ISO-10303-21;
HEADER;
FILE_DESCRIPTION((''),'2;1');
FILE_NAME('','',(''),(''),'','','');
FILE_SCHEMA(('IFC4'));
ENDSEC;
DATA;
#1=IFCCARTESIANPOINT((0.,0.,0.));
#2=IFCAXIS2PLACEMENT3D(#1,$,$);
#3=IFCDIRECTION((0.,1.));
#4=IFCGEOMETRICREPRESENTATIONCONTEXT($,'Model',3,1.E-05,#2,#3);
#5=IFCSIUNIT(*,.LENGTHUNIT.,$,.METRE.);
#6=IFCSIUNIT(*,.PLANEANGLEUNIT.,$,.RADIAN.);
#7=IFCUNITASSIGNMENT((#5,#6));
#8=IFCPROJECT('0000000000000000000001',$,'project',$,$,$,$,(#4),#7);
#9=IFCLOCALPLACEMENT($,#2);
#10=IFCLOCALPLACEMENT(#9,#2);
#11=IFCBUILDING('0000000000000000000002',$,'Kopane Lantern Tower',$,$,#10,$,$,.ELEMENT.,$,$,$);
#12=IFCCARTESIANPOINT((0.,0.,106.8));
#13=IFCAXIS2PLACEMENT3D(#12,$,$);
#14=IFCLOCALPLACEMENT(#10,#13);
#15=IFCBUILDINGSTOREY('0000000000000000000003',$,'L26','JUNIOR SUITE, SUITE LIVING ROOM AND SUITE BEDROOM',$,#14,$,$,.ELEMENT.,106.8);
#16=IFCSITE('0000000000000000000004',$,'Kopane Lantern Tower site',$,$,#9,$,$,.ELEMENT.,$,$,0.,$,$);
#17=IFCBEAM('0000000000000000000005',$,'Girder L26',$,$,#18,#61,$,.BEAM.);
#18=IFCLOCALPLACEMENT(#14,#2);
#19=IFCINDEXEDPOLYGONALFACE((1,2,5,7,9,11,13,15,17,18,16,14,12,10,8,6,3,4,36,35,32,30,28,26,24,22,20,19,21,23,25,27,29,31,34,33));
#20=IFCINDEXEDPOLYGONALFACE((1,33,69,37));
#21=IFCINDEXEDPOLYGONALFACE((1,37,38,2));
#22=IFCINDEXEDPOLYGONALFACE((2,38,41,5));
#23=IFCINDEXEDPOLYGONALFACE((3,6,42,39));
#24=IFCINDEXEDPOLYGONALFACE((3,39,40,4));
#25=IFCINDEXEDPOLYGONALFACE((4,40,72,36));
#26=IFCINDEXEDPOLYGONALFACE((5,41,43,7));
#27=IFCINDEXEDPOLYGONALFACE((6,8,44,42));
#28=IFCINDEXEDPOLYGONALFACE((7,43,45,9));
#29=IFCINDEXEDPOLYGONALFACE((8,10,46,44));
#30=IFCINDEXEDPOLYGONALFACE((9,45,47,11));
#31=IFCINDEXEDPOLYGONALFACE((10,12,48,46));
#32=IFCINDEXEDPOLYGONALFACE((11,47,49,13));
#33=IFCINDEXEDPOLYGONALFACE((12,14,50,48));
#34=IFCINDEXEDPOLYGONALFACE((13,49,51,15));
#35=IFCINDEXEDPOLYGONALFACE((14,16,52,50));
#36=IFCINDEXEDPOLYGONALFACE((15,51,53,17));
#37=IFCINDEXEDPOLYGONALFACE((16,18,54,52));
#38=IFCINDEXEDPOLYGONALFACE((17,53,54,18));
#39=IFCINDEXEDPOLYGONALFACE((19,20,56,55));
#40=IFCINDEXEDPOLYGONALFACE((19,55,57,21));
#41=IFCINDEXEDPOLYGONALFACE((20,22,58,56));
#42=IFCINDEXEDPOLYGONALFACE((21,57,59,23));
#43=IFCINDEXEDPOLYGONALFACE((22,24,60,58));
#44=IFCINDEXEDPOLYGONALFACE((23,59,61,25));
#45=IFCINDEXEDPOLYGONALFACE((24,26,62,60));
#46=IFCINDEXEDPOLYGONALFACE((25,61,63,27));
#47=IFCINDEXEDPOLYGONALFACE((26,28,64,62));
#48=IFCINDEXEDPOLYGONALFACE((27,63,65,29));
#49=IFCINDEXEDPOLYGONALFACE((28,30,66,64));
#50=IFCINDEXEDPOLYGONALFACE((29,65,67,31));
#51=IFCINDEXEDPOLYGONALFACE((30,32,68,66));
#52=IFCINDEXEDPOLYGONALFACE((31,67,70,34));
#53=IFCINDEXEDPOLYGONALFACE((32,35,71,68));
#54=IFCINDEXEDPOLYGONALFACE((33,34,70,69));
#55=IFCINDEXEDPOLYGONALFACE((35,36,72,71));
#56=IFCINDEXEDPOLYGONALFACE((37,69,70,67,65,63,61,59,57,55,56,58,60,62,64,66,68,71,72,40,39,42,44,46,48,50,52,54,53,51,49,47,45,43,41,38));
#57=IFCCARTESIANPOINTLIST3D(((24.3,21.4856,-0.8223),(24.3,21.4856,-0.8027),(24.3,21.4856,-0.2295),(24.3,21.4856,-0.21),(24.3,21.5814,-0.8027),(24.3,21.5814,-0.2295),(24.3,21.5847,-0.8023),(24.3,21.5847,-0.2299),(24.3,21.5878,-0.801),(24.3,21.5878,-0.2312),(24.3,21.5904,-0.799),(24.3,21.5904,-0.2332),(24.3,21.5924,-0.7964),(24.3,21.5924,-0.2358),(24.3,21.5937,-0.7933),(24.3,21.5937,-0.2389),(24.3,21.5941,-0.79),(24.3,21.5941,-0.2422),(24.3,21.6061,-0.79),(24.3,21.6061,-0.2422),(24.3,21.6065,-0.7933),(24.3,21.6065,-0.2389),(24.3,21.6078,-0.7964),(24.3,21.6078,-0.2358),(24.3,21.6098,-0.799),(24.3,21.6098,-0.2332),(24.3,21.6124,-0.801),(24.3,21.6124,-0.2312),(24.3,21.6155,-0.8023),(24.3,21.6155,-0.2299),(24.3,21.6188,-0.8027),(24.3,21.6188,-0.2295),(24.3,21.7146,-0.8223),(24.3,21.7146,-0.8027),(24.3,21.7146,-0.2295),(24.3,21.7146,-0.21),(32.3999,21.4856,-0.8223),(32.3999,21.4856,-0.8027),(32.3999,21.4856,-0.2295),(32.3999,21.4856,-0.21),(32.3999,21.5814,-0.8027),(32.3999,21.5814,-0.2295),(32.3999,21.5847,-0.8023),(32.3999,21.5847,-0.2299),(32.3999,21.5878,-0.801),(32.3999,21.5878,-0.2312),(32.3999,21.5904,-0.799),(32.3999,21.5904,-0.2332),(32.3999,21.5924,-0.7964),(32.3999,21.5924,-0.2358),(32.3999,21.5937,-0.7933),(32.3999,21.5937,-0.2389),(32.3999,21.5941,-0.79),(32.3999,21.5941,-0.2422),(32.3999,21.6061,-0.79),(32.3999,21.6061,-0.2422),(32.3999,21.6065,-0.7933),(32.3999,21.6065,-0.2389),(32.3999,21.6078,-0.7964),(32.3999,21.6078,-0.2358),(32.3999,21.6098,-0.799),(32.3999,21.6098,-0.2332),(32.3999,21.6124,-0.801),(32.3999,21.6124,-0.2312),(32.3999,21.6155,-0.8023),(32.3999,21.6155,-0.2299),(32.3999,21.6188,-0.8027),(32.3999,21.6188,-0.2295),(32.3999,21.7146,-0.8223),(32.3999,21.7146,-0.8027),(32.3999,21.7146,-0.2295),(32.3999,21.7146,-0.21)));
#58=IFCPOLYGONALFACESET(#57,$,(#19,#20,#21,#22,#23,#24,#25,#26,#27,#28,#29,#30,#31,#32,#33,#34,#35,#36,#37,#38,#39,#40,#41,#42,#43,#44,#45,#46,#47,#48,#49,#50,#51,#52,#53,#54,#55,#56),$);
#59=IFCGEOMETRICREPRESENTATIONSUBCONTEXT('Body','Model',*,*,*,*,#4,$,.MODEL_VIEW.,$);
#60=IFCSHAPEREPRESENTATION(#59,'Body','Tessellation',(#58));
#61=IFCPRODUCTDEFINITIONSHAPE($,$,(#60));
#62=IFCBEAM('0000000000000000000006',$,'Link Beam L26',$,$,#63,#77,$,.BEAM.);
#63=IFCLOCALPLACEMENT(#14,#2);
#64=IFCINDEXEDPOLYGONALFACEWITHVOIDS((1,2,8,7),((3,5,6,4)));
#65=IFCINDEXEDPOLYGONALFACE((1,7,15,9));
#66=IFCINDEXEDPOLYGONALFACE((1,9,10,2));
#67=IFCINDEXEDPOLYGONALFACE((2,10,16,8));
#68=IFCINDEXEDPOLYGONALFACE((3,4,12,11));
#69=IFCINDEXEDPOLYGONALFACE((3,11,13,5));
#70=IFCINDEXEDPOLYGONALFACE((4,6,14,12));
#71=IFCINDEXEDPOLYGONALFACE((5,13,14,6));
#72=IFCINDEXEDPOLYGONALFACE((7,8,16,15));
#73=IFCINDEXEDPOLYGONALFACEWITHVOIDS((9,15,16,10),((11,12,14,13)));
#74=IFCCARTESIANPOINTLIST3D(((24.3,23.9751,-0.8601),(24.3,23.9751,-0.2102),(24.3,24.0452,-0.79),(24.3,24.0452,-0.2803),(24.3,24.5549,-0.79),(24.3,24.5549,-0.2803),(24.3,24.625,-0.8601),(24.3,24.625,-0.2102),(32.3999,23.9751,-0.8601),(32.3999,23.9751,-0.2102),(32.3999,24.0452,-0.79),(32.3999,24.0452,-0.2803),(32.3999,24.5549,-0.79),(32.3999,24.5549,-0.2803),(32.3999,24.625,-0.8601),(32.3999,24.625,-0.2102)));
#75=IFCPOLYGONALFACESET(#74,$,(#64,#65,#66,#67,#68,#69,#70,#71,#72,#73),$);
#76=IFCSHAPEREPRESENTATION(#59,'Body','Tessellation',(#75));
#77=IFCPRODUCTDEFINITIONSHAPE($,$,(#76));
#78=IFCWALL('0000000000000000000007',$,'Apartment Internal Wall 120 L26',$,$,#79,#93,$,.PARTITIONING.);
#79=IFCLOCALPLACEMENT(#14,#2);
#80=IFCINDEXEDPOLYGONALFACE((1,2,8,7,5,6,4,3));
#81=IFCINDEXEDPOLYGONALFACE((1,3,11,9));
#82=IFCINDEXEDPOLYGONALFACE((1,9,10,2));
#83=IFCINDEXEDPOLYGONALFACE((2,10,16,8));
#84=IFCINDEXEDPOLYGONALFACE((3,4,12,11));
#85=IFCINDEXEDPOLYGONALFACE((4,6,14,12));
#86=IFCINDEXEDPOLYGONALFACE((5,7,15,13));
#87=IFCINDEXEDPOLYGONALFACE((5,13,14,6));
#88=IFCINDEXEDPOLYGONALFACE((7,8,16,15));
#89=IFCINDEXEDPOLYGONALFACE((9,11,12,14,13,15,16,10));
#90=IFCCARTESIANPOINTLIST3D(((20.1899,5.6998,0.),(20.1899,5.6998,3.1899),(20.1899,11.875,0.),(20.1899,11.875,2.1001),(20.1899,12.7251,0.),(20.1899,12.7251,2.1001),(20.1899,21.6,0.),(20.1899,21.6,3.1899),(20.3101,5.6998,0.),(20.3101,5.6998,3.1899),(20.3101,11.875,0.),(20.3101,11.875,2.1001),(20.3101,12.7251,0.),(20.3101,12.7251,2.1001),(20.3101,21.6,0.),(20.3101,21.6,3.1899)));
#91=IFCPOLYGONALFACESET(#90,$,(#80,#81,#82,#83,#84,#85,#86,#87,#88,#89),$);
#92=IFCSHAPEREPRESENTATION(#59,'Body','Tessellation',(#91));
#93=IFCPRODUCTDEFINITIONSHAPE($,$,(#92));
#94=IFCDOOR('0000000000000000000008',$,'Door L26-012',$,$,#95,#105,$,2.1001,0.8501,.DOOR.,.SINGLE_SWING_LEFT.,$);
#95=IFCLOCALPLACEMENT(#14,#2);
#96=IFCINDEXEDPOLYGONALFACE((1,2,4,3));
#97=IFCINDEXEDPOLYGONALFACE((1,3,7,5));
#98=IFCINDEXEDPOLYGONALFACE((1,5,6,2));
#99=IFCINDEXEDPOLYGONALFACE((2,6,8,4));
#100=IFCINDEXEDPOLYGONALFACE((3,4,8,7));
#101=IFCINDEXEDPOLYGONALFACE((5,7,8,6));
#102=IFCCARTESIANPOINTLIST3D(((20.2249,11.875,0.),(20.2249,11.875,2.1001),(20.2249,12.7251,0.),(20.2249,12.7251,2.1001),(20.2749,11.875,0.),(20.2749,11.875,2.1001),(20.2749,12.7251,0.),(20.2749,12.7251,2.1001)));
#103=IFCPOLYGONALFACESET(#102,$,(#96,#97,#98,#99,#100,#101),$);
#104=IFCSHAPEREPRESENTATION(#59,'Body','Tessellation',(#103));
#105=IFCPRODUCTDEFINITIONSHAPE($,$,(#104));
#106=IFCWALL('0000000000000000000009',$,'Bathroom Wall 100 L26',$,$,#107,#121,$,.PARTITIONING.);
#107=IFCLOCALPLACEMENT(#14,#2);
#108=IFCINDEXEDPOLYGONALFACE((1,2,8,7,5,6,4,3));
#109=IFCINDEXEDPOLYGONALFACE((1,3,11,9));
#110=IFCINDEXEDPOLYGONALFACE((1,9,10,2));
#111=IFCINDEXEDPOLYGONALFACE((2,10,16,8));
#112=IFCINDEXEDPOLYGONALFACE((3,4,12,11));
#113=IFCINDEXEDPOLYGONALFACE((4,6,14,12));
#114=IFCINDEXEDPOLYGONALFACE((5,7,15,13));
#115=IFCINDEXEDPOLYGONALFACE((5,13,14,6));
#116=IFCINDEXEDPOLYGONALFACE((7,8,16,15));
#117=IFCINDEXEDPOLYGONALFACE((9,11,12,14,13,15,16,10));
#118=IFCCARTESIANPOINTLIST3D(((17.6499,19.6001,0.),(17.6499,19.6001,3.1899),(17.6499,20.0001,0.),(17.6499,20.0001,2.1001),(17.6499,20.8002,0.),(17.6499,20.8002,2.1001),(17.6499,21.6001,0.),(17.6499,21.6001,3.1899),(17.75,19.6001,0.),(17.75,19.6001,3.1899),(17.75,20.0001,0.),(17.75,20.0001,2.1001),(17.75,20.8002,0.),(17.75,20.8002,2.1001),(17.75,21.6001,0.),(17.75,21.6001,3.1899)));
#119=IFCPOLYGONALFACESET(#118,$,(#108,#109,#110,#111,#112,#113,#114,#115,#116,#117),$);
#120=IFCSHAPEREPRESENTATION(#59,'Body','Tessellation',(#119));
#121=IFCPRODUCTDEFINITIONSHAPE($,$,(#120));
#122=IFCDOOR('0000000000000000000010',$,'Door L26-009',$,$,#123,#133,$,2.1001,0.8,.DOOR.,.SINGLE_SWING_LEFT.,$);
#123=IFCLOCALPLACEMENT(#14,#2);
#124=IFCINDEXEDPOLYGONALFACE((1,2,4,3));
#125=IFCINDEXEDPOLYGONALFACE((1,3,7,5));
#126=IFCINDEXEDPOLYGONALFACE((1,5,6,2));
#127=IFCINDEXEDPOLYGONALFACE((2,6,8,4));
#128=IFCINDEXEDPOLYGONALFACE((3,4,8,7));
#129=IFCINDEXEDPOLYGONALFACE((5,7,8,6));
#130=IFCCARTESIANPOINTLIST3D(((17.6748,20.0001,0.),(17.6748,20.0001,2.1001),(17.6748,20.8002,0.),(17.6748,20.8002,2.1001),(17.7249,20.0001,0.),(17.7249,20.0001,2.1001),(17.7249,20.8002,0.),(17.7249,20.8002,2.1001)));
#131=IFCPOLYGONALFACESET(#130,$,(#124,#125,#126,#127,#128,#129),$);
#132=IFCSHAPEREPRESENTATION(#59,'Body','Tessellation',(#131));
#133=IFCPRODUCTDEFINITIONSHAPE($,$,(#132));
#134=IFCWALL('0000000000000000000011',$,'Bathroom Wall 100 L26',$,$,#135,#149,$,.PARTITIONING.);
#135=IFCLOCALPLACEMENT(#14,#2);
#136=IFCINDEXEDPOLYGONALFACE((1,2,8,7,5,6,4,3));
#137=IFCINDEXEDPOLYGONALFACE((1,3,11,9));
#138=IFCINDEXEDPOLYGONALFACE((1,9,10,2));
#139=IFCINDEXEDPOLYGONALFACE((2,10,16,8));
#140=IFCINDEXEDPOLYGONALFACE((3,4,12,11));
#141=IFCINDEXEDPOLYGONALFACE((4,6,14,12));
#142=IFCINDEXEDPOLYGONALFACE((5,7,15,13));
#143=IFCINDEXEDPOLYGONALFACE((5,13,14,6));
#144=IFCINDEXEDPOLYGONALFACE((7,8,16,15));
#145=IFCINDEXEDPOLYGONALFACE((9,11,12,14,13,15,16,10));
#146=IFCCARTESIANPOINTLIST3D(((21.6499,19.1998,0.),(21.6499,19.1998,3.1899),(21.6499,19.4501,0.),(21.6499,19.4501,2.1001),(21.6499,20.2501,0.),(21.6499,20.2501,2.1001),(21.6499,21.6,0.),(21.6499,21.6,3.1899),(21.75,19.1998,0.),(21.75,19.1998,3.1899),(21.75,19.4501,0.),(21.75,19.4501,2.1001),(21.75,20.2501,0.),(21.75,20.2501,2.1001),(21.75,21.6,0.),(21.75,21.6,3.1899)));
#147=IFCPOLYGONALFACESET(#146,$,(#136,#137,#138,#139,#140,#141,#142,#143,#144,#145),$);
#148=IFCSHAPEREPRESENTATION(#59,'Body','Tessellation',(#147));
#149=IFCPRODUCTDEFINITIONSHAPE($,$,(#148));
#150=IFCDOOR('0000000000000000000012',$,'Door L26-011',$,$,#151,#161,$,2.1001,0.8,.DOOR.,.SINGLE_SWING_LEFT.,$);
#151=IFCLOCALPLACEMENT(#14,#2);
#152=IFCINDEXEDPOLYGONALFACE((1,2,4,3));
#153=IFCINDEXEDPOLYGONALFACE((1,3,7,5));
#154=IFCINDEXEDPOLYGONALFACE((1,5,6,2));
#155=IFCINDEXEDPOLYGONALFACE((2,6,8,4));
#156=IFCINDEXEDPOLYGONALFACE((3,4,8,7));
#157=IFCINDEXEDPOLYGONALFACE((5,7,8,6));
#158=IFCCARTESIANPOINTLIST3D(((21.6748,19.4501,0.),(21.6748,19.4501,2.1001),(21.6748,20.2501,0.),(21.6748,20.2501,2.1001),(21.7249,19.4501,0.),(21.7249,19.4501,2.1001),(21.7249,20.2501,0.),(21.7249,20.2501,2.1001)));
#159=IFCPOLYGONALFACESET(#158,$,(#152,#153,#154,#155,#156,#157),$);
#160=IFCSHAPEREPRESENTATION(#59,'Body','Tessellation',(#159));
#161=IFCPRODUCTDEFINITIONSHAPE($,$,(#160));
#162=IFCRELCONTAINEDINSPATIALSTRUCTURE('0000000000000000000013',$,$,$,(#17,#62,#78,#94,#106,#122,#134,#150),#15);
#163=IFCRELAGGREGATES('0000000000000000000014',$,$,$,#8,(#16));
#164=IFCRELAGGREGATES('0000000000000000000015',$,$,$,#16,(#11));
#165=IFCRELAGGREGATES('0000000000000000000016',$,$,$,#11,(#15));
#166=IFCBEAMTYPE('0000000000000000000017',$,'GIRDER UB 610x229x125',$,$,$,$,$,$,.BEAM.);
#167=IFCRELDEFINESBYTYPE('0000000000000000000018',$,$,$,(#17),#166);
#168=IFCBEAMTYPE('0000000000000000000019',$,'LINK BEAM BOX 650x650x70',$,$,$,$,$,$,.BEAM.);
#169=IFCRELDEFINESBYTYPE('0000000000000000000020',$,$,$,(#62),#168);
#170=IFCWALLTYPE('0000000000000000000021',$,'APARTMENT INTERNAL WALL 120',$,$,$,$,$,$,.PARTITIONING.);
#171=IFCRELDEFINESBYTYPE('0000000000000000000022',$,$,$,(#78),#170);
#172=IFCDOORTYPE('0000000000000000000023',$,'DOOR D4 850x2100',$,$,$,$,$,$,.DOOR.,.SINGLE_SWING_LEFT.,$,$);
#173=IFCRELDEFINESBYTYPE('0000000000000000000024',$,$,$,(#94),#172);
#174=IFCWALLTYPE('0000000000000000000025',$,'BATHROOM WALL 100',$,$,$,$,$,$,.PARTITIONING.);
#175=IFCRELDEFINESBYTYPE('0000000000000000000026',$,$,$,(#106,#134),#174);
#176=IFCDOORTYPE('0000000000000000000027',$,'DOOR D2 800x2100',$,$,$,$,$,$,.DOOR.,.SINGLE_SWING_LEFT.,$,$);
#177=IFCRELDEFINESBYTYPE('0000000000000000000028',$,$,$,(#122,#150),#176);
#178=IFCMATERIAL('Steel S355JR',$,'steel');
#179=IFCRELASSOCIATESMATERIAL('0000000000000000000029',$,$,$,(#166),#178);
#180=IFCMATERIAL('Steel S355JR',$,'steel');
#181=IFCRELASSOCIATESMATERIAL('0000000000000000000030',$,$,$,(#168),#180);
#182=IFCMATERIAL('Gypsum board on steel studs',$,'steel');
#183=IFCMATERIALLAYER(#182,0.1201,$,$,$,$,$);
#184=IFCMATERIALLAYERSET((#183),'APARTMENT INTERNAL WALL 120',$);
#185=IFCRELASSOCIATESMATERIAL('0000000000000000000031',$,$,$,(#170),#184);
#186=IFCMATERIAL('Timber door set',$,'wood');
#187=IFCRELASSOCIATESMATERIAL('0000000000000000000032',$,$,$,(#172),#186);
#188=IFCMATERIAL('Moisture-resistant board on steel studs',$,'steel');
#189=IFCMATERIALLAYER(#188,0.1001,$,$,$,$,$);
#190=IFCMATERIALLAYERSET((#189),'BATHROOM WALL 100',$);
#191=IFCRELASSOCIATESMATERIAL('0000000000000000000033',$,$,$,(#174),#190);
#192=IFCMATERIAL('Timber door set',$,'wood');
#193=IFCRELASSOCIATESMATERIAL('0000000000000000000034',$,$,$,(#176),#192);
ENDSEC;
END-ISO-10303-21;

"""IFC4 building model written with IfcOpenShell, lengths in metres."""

from ifc_helpers import new_model, si_unit, direction, frame, frame_2d, origin, origin_2d, place, context, subcontext, project, spatial, rectangle, hollow_rectangle, i_section, extrude, material, layer, layer_set, material_profile, profile_set, type_object, element, fill, save


model = new_model("IFC4")

# Units and contexts
model_context = context("Model", 3, precision=1e-05, world=origin(), true_north=direction((0.0, 1.0)))
body_context = subcontext(model_context, "Body", "Model", "MODEL_VIEW")
ifc_project = project(units=[si_unit("LENGTHUNIT", "METRE"), si_unit("PLANEANGLEUNIT", "RADIAN")], contexts=[model_context])

# Site, building, storey
site_placement = place(None, origin())
site = spatial("IfcSite", under=ifc_project, at=site_placement, Name="Kopane Lantern Tower site", CompositionType="ELEMENT", RefElevation=0.0)
building_placement = place(site_placement, origin())
building = spatial("IfcBuilding", under=site, at=building_placement, Name="Kopane Lantern Tower", CompositionType="ELEMENT")
storey_placement = place(building_placement, frame((0.0, 0.0, 106.8)))
storey = spatial("IfcBuildingStorey", under=building, at=storey_placement, Name="L26", Description="JUNIOR SUITE, SUITE LIVING ROOM AND SUITE BEDROOM", CompositionType="ELEMENT", Elevation=106.8)

# Beams
ifc_material_1 = material(Name="Steel S355JR", Category="steel")
ifc_material_profile_1 = material_profile(ifc_material_1, i_section(OverallWidth=0.229, OverallDepth=0.6123, WebThickness=0.012, FlangeThickness=0.0195, FilletRadius=0.0127, at=origin_2d()), Name="UB 610x229x125")
ifc_profile_set_1 = profile_set([ifc_material_profile_1], Name="Steel S355JR")
beam_type_1 = type_object("IfcBeamType", Name="GIRDER UB 610x229x125", PredefinedType="BEAM", material=ifc_profile_set_1)
beam_1_placement = place(storey_placement, frame((24.3, 21.6001, -0.5161), z_axis=(1.0, 0.0, 0.0), x_axis=(0.0, 1.0, 0.0)))
element("IfcBeam", 1, at=beam_1_placement, inside=storey, type_object=beam_type_1, Name="Girder L26", PredefinedType="BEAM", context=body_context, shape_type="SweptSolid", body=[
    extrude(i_section(OverallWidth=0.229, OverallDepth=0.6123, WebThickness=0.012, FlangeThickness=0.0195, FilletRadius=0.0127, at=origin_2d()), origin(), (0.0, 0.0, 1.0), 8.0999),
])
ifc_material_2 = material(Name="Steel S355JR", Category="steel")
ifc_material_profile_2 = material_profile(ifc_material_2, hollow_rectangle(XDim=0.6499, YDim=0.6499, WallThickness=0.0701, at=origin_2d()), Name="BOX 650x650x70")
ifc_profile_set_2 = profile_set([ifc_material_profile_2], Name="Steel S355JR")
beam_type_2 = type_object("IfcBeamType", Name="LINK BEAM BOX 650x650x70", PredefinedType="BEAM", material=ifc_profile_set_2)
beam_2_placement = place(storey_placement, frame((24.3, 24.3, -0.5352), z_axis=(1.0, 0.0, 0.0), x_axis=(0.0, 1.0, 0.0)))
element("IfcBeam", 2, at=beam_2_placement, inside=storey, type_object=beam_type_2, Name="Link Beam L26", PredefinedType="BEAM", context=body_context, shape_type="SweptSolid", body=[
    extrude(hollow_rectangle(XDim=0.6499, YDim=0.6499, WallThickness=0.0701, at=origin_2d()), origin(), (0.0, 0.0, 1.0), 8.0999),
])

# Walls, openings, doors
ifc_material_3 = material(Name="Gypsum board on steel studs", Category="steel")
ifc_layer_1 = layer(ifc_material_3, 0.1201)
ifc_layer_set_1 = layer_set([ifc_layer_1], Name="APARTMENT INTERNAL WALL 120")
wall_type_1 = type_object("IfcWallType", Name="APARTMENT INTERNAL WALL 120", PredefinedType="PARTITIONING", material=ifc_layer_set_1)
wall_1_placement = place(storey_placement, frame((20.25, 21.6001, 0.0), z_axis=(0.0, 0.0, 1.0), x_axis=(0.0, -1.0, 0.0)))
wall_1 = element("IfcWall", 3, at=wall_1_placement, inside=storey, type_object=wall_type_1, Name="Apartment Internal Wall 120 L26", PredefinedType="PARTITIONING", context=body_context, shape_type="SweptSolid", body=[
    extrude(rectangle(XDim=15.9001, YDim=0.1201, at=frame_2d((7.9502, 0.0))), origin(), (0.0, 0.0, 1.0), 3.1899),
])
opening_1_placement = place(wall_1_placement, frame((8.875, 0.0, 0.0)))
opening_1 = element("IfcOpeningElement", 4, at=opening_1_placement, cuts=wall_1, PredefinedType="OPENING", context=body_context, shape_type="SweptSolid", body=[
    extrude(rectangle(XDim=0.8501, YDim=2.1001, at=frame_2d((0.425, 1.05))), frame((0.0, 0.0701, 0.0), z_axis=(0.0, -1.0, 0.0), x_axis=(1.0, 0.0, 0.0)), (0.0, 0.0, 1.0), 0.1401),
])
ifc_material_4 = material(Name="Timber door set", Category="wood")
door_type_1 = type_object("IfcDoorType", Name="DOOR D4 850x2100", OperationType="SINGLE_SWING_LEFT", PredefinedType="DOOR", material=ifc_material_4)
door_1_placement = place(opening_1_placement, origin())
door_1 = element("IfcDoor", 5, at=door_1_placement, inside=storey, type_object=door_type_1, Name="Door L26-012", OperationType="SINGLE_SWING_LEFT", OverallHeight=2.1001, OverallWidth=0.8501, PredefinedType="DOOR", context=body_context, shape_type="SweptSolid", body=[
    extrude(rectangle(XDim=0.8501, YDim=2.1001, at=frame_2d((0.425, 1.05))), frame((0.0, 0.0249, 0.0), z_axis=(0.0, -1.0, 0.0), x_axis=(1.0, 0.0, 0.0)), (0.0, 0.0, 1.0), 0.05),
])
fill(opening_1, door_1)
ifc_material_5 = material(Name="Moisture-resistant board on steel studs", Category="steel")
ifc_layer_2 = layer(ifc_material_5, 0.1001)
ifc_layer_set_2 = layer_set([ifc_layer_2], Name="BATHROOM WALL 100")
wall_type_2 = type_object("IfcWallType", Name="BATHROOM WALL 100", PredefinedType="PARTITIONING", material=ifc_layer_set_2)
wall_2_placement = place(storey_placement, frame((17.7, 21.6001, 0.0), z_axis=(0.0, 0.0, 1.0), x_axis=(0.0, -1.0, 0.0)))
wall_2 = element("IfcWall", 6, at=wall_2_placement, inside=storey, type_object=wall_type_2, Name="Bathroom Wall 100 L26", PredefinedType="PARTITIONING", context=body_context, shape_type="SweptSolid", body=[
    extrude(rectangle(XDim=2.0, YDim=0.1001, at=frame_2d((1.0, 0.0))), origin(), (0.0, 0.0, 1.0), 3.1899),
])
opening_2_placement = place(wall_2_placement, frame((0.8, 0.0, 0.0)))
opening_2 = element("IfcOpeningElement", 7, at=opening_2_placement, cuts=wall_2, PredefinedType="OPENING", context=body_context, shape_type="SweptSolid", body=[
    extrude(rectangle(XDim=0.8, YDim=2.1001, at=frame_2d((0.3999, 1.05))), frame((0.0, 0.0601, 0.0), z_axis=(0.0, -1.0, 0.0), x_axis=(1.0, 0.0, 0.0)), (0.0, 0.0, 1.0), 0.1201),
])
ifc_material_6 = material(Name="Timber door set", Category="wood")
door_type_2 = type_object("IfcDoorType", Name="DOOR D2 800x2100", OperationType="SINGLE_SWING_LEFT", PredefinedType="DOOR", material=ifc_material_6)
door_2_placement = place(opening_2_placement, origin())
door_2 = element("IfcDoor", 8, at=door_2_placement, inside=storey, type_object=door_type_2, Name="Door L26-009", OperationType="SINGLE_SWING_LEFT", OverallHeight=2.1001, OverallWidth=0.8, PredefinedType="DOOR", context=body_context, shape_type="SweptSolid", body=[
    extrude(rectangle(XDim=0.8, YDim=2.1001, at=frame_2d((0.3999, 1.05))), frame((0.0, 0.0249, 0.0), z_axis=(0.0, -1.0, 0.0), x_axis=(1.0, 0.0, 0.0)), (0.0, 0.0, 1.0), 0.05),
])
fill(opening_2, door_2)
wall_3_placement = place(storey_placement, frame((21.7, 21.6001, 0.0), z_axis=(0.0, 0.0, 1.0), x_axis=(0.0, -1.0, 0.0)))
wall_3 = element("IfcWall", 9, at=wall_3_placement, inside=storey, type_object=wall_type_2, Name="Bathroom Wall 100 L26", PredefinedType="PARTITIONING", context=body_context, shape_type="SweptSolid", body=[
    extrude(rectangle(XDim=2.4001, YDim=0.1001, at=frame_2d((1.2002, 0.0))), origin(), (0.0, 0.0, 1.0), 3.1899),
])
opening_3_placement = place(wall_3_placement, frame((1.3501, 0.0, 0.0)))
opening_3 = element("IfcOpeningElement", 10, at=opening_3_placement, cuts=wall_3, PredefinedType="OPENING", context=body_context, shape_type="SweptSolid", body=[
    extrude(rectangle(XDim=0.8, YDim=2.1001, at=frame_2d((0.3999, 1.05))), frame((0.0, 0.0601, 0.0), z_axis=(0.0, -1.0, 0.0), x_axis=(1.0, 0.0, 0.0)), (0.0, 0.0, 1.0), 0.1201),
])
door_3_placement = place(opening_3_placement, origin())
door_3 = element("IfcDoor", 11, at=door_3_placement, inside=storey, type_object=door_type_2, Name="Door L26-011", OperationType="SINGLE_SWING_LEFT", OverallHeight=2.1001, OverallWidth=0.8, PredefinedType="DOOR", context=body_context, shape_type="SweptSolid", body=[
    extrude(rectangle(XDim=0.8, YDim=2.1001, at=frame_2d((0.3999, 1.05))), frame((0.0, 0.0249, 0.0), z_axis=(0.0, -1.0, 0.0), x_axis=(1.0, 0.0, 0.0)), (0.0, 0.0, 1.0), 0.05),
])
fill(opening_3, door_3)

save(model, "model.ifc")
